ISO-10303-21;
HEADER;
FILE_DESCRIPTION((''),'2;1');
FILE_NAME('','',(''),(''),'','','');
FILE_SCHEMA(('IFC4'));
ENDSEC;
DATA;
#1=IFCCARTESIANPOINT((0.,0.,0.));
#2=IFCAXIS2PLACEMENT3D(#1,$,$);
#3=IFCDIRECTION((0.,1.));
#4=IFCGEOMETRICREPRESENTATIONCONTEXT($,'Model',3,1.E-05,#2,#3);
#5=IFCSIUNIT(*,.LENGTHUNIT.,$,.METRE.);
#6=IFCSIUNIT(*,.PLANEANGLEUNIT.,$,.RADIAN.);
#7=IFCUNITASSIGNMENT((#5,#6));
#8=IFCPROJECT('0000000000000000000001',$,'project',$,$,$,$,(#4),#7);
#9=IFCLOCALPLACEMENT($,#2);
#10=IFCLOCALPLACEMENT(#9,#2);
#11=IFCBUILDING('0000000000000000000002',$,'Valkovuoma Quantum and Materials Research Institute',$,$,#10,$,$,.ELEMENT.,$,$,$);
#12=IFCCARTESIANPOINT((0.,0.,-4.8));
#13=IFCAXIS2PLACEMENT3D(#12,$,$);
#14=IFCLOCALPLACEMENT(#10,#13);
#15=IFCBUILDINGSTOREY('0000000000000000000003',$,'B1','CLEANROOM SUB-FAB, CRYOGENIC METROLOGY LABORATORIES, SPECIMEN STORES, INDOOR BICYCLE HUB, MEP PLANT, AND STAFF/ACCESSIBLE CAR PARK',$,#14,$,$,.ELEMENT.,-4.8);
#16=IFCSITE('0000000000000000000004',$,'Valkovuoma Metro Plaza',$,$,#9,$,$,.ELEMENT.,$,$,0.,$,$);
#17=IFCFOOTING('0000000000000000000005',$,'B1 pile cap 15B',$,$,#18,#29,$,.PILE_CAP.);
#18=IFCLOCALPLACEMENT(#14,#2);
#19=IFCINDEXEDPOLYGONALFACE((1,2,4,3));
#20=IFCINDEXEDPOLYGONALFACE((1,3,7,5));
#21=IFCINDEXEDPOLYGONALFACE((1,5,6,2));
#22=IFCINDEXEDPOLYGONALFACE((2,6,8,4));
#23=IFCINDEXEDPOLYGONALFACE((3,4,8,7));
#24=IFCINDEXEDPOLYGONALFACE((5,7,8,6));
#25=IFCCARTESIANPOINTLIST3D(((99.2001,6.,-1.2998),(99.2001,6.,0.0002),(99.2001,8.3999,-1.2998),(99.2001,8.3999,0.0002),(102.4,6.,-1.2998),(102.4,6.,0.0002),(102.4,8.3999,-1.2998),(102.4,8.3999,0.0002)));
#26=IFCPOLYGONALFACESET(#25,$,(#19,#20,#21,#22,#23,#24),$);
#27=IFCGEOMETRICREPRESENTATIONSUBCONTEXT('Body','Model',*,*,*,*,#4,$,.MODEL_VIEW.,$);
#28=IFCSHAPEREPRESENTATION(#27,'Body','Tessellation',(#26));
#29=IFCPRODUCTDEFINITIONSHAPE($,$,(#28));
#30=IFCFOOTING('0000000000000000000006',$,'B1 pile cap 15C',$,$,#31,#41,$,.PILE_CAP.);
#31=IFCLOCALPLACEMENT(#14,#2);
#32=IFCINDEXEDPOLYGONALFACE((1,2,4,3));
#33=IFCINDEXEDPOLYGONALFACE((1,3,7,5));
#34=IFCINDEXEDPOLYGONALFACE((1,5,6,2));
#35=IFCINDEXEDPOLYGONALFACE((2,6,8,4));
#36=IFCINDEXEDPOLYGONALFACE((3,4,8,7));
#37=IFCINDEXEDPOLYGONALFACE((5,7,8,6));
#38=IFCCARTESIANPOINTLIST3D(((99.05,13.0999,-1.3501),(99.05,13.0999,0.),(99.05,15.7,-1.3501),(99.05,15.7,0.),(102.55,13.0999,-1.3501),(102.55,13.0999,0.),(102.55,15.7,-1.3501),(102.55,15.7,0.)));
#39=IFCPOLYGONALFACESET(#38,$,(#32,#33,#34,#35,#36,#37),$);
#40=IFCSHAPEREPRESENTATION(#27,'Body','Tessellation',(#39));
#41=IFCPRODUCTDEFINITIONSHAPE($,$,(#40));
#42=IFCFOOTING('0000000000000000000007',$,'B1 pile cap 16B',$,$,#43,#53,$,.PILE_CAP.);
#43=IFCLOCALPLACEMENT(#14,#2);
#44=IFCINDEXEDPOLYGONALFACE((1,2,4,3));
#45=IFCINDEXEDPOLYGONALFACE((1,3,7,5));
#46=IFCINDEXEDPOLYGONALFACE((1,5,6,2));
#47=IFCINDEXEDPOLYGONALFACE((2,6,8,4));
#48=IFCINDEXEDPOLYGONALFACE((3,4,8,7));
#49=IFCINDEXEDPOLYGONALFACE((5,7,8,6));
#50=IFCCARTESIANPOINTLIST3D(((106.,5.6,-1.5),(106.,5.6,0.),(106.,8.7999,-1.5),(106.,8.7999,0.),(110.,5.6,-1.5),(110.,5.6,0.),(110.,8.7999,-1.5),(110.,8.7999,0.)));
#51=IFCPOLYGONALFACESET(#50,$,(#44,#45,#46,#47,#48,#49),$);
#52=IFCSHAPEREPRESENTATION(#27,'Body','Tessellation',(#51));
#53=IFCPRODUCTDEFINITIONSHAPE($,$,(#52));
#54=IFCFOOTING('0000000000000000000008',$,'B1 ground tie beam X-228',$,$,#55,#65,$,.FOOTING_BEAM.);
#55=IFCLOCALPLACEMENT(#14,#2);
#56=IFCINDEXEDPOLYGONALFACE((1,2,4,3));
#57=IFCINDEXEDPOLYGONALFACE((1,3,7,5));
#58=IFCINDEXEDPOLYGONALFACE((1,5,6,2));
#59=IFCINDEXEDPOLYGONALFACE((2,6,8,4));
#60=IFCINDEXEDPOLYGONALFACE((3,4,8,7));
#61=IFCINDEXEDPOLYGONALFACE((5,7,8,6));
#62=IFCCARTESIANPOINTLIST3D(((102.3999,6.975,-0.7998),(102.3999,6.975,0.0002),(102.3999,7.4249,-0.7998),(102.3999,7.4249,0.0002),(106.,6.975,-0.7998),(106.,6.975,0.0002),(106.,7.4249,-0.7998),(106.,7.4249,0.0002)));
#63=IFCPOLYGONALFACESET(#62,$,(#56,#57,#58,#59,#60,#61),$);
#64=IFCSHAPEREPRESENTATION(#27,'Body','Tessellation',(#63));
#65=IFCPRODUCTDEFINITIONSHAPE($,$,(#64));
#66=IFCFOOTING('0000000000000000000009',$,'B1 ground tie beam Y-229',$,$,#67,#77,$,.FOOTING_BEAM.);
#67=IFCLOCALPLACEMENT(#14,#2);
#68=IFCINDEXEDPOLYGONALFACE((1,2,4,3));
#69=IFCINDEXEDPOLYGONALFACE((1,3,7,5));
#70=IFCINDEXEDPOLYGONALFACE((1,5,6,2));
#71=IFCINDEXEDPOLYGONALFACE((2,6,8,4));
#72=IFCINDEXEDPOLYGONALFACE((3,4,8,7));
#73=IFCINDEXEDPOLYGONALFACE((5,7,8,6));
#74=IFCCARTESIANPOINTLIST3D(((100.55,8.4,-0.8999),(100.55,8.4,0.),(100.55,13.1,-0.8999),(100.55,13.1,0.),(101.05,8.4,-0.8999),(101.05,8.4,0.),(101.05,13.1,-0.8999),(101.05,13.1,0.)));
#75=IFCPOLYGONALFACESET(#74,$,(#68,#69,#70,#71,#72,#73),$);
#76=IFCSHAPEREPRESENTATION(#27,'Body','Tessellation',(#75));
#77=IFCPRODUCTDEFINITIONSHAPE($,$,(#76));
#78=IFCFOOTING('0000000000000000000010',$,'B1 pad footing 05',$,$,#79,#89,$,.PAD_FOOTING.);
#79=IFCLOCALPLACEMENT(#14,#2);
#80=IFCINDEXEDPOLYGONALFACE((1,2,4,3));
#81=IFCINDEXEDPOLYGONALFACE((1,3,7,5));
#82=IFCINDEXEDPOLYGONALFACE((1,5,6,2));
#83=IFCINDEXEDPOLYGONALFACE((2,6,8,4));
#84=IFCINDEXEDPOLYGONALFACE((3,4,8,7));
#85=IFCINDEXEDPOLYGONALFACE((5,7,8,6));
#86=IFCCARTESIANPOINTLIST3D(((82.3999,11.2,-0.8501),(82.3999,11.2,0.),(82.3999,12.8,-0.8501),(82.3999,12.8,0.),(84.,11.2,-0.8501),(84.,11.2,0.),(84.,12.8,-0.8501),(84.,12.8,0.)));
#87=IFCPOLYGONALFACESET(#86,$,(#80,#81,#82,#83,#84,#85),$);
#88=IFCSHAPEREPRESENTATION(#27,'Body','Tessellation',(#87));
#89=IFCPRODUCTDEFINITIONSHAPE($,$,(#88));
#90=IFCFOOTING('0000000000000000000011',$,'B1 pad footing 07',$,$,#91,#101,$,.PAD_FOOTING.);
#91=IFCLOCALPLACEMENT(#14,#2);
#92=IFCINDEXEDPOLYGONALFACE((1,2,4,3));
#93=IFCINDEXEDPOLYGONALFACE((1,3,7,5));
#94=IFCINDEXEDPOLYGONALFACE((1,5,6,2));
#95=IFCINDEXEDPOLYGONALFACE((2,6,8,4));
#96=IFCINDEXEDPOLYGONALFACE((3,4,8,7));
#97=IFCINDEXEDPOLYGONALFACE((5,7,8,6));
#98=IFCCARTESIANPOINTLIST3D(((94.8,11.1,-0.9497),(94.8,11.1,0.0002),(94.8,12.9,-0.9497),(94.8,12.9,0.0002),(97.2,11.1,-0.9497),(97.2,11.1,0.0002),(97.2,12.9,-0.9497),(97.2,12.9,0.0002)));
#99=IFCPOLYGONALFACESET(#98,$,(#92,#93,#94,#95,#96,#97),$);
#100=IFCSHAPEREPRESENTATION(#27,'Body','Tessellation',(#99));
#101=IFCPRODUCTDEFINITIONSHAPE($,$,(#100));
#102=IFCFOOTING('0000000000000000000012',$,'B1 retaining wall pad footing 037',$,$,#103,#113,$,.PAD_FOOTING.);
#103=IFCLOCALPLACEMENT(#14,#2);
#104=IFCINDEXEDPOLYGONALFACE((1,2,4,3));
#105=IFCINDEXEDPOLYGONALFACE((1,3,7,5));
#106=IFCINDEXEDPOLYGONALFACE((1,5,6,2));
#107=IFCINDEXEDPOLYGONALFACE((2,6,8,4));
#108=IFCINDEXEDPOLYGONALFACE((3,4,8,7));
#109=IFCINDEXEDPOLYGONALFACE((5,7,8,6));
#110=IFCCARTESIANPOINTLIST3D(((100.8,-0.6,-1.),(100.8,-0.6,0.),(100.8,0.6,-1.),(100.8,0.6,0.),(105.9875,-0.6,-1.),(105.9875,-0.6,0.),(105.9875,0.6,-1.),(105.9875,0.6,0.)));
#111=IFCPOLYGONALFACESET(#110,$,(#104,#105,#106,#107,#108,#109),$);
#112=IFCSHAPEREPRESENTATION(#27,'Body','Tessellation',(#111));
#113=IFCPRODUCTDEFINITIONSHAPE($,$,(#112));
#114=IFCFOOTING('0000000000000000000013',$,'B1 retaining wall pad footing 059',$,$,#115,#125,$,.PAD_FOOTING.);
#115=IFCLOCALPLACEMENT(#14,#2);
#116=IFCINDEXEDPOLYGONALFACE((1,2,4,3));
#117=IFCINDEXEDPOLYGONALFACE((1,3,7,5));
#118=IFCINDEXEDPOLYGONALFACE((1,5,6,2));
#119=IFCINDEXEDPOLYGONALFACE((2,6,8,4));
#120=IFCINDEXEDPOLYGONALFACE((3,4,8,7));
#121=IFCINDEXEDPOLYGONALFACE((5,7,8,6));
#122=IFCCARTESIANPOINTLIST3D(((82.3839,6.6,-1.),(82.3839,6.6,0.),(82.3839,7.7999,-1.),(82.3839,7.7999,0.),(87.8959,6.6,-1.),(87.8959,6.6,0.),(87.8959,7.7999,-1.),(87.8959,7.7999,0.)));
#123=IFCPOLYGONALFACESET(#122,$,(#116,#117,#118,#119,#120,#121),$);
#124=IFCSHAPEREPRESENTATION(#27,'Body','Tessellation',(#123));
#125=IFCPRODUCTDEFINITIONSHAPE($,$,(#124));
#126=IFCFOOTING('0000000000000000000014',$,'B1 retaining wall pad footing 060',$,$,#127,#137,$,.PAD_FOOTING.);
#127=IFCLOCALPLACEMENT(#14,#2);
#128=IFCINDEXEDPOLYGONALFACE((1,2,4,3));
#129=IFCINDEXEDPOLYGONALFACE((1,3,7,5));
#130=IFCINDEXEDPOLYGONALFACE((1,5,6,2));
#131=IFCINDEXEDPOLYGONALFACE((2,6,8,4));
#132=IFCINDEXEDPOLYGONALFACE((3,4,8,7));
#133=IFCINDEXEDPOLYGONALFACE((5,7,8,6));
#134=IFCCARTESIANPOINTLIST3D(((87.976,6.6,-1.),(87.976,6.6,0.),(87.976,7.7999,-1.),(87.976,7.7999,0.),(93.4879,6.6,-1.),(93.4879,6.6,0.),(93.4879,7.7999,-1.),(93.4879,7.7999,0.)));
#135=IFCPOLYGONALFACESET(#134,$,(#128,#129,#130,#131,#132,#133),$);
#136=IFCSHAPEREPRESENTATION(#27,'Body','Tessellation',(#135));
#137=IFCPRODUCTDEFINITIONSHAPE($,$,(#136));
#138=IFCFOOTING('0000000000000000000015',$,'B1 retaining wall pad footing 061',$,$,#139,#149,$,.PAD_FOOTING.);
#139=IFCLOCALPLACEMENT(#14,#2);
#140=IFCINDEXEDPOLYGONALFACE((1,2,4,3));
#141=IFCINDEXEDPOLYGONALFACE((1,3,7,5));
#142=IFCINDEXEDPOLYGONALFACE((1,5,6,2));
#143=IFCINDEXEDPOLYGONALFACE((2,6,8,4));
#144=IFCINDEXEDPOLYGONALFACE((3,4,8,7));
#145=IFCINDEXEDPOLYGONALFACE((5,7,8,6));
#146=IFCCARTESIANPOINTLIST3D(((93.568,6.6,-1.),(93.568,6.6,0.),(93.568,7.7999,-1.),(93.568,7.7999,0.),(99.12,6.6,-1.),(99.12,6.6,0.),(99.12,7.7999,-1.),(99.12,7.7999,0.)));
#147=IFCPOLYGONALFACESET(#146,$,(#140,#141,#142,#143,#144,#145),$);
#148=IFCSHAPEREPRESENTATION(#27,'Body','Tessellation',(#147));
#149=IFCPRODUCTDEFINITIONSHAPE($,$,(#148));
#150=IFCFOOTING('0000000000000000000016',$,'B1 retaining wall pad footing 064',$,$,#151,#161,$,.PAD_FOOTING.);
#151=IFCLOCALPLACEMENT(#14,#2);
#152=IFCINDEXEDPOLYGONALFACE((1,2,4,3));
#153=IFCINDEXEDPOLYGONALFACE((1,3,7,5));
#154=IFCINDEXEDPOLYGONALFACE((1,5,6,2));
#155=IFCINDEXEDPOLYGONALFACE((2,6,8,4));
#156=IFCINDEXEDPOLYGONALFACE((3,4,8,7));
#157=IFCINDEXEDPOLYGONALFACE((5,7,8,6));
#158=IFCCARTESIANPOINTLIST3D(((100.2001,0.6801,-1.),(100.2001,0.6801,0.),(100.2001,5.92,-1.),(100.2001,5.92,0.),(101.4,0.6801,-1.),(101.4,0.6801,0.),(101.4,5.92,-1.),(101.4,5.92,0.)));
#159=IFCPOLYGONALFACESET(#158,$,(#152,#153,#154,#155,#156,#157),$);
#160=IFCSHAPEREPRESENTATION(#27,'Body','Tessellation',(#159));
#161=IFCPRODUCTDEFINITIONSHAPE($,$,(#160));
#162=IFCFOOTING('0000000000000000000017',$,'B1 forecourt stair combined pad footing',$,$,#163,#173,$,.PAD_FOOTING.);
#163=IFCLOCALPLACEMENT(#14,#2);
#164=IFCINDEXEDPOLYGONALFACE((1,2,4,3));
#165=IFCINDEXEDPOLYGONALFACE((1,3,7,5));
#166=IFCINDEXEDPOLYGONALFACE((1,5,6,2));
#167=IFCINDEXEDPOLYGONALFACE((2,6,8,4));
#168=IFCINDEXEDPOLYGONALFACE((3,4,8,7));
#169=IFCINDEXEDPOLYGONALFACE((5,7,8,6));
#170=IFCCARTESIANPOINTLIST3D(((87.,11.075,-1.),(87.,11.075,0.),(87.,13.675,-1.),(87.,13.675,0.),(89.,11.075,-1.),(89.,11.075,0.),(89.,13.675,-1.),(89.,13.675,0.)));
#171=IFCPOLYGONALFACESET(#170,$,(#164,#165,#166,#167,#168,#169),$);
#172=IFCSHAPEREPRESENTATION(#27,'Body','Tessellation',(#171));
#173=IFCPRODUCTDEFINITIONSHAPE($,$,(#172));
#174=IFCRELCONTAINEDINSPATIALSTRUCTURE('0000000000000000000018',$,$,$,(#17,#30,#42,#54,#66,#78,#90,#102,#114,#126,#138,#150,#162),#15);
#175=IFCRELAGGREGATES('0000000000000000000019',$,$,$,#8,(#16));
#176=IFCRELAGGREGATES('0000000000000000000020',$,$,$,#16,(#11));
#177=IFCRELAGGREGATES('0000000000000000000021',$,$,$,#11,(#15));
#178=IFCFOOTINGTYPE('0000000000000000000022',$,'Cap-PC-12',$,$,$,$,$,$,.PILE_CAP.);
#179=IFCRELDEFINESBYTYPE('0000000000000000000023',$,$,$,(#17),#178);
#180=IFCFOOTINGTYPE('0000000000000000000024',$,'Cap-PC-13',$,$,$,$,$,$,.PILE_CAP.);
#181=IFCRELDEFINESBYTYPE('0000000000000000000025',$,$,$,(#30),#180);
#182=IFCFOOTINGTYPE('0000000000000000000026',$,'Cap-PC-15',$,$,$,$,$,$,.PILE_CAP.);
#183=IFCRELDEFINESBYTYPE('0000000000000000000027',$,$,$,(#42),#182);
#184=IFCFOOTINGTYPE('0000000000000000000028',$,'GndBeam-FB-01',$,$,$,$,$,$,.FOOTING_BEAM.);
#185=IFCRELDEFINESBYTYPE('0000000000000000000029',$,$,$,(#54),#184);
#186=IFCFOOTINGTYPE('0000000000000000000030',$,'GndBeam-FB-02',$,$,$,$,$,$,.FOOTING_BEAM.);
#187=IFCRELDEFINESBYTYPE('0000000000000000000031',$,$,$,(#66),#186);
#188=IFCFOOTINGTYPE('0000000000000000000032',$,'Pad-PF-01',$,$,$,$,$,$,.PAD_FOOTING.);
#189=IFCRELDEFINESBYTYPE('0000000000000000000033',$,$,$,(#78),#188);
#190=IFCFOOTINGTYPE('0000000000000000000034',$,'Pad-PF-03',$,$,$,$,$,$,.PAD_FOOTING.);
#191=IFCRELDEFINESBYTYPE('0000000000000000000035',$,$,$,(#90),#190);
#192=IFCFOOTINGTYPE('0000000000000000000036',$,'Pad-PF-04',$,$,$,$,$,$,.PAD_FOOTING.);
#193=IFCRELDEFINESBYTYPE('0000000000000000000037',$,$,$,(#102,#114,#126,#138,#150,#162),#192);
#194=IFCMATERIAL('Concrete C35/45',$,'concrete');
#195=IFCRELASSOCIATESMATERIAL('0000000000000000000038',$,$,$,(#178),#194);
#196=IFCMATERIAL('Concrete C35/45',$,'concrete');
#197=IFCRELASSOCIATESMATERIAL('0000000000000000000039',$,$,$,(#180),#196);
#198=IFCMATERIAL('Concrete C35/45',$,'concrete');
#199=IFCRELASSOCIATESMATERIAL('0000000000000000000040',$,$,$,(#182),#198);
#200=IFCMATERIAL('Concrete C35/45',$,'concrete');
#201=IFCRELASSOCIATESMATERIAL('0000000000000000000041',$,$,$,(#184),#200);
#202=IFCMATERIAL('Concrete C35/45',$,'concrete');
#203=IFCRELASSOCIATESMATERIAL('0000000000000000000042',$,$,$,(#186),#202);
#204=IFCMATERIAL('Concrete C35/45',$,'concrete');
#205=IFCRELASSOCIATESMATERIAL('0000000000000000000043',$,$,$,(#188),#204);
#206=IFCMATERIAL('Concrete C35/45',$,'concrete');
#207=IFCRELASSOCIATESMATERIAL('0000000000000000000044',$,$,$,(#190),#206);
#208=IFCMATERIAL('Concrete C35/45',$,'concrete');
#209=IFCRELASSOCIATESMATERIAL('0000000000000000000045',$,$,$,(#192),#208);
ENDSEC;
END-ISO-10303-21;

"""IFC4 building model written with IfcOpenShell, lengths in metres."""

from ifc_helpers import new_model, si_unit, direction, frame, origin, origin_2d, place, context, subcontext, project, spatial, rectangle, extrude, material, type_object, element, save


model = new_model("IFC4")

# Units and contexts
model_context = context("Model", 3, precision=1e-05, world=origin(), true_north=direction((0.0, 1.0)))
body_context = subcontext(model_context, "Body", "Model", "MODEL_VIEW")
ifc_project = project(units=[si_unit("LENGTHUNIT", "METRE"), si_unit("PLANEANGLEUNIT", "RADIAN")], contexts=[model_context])

# Site, building, storey
site_placement = place(None, origin())
site = spatial("IfcSite", under=ifc_project, at=site_placement, Name="Valkovuoma Metro Plaza", CompositionType="ELEMENT", RefElevation=0.0)
building_placement = place(site_placement, origin())
building = spatial("IfcBuilding", under=site, at=building_placement, Name="Valkovuoma Quantum and Materials Research Institute", CompositionType="ELEMENT")
storey_placement = place(building_placement, frame((0.0, 0.0, -4.8)))
storey = spatial("IfcBuildingStorey", under=building, at=storey_placement, Name="B1", Description="CLEANROOM SUB-FAB, CRYOGENIC METROLOGY LABORATORIES, SPECIMEN STORES, INDOOR BICYCLE HUB, MEP PLANT, AND STAFF/ACCESSIBLE CAR PARK", CompositionType="ELEMENT", Elevation=-4.8)

# Footings
ifc_material_1 = material(Name="Concrete C35/45", Category="concrete")
footing_type_1 = type_object("IfcFootingType", Name="Cap-PC-12", PredefinedType="PILE_CAP", material=ifc_material_1)
footing_1_placement = place(storey_placement, frame((100.8, 7.2, -1.2998), z_axis=(0.0, 0.0, 1.0), x_axis=(1.0, 0.0, 0.0)))
element("IfcFooting", 1, at=footing_1_placement, inside=storey, type_object=footing_type_1, Name="B1 pile cap 15B", PredefinedType="PILE_CAP", context=body_context, shape_type="SweptSolid", body=[
    extrude(rectangle(XDim=3.2, YDim=2.3999, at=origin_2d()), origin(), (0.0, 0.0, 1.0), 1.3),
])
ifc_material_2 = material(Name="Concrete C35/45", Category="concrete")
footing_type_2 = type_object("IfcFootingType", Name="Cap-PC-13", PredefinedType="PILE_CAP", material=ifc_material_2)
footing_2_placement = place(storey_placement, frame((100.8, 14.3999, -1.3501), z_axis=(0.0, 0.0, 1.0), x_axis=(1.0, 0.0, 0.0)))
element("IfcFooting", 2, at=footing_2_placement, inside=storey, type_object=footing_type_2, Name="B1 pile cap 15C", PredefinedType="PILE_CAP", context=body_context, shape_type="SweptSolid", body=[
    extrude(rectangle(XDim=3.5, YDim=2.6001, at=origin_2d()), origin(), (0.0, 0.0, 1.0), 1.3501),
])
ifc_material_3 = material(Name="Concrete C35/45", Category="concrete")
footing_type_3 = type_object("IfcFootingType", Name="Cap-PC-15", PredefinedType="PILE_CAP", material=ifc_material_3)
footing_3_placement = place(storey_placement, frame((108.0, 7.2, -1.5), z_axis=(0.0, 0.0, 1.0), x_axis=(1.0, 0.0, 0.0)))
element("IfcFooting", 3, at=footing_3_placement, inside=storey, type_object=footing_type_3, Name="B1 pile cap 16B", PredefinedType="PILE_CAP", context=body_context, shape_type="SweptSolid", body=[
    extrude(rectangle(XDim=4.0, YDim=3.2, at=origin_2d()), origin(), (0.0, 0.0, 1.0), 1.5),
])
ifc_material_4 = material(Name="Concrete C35/45", Category="concrete")
footing_type_4 = type_object("IfcFootingType", Name="GndBeam-FB-01", PredefinedType="FOOTING_BEAM", material=ifc_material_4)
footing_4_placement = place(storey_placement, frame((104.2, 7.2, -0.7998), z_axis=(0.0, 0.0, 1.0), x_axis=(1.0, 0.0, 0.0)))
element("IfcFooting", 4, at=footing_4_placement, inside=storey, type_object=footing_type_4, Name="B1 ground tie beam X-228", PredefinedType="FOOTING_BEAM", context=body_context, shape_type="SweptSolid", body=[
    extrude(rectangle(XDim=3.6001, YDim=0.45, at=origin_2d()), origin(), (0.0, 0.0, 1.0), 0.8),
])
ifc_material_5 = material(Name="Concrete C35/45", Category="concrete")
footing_type_5 = type_object("IfcFootingType", Name="GndBeam-FB-02", PredefinedType="FOOTING_BEAM", material=ifc_material_5)
footing_5_placement = place(storey_placement, frame((100.8, 10.75, -0.8999), z_axis=(0.0, 0.0, 1.0), x_axis=(0.0, 1.0, 0.0)))
element("IfcFooting", 5, at=footing_5_placement, inside=storey, type_object=footing_type_5, Name="B1 ground tie beam Y-229", PredefinedType="FOOTING_BEAM", context=body_context, shape_type="SweptSolid", body=[
    extrude(rectangle(XDim=4.7, YDim=0.5, at=origin_2d()), origin(), (0.0, 0.0, 1.0), 0.8999),
])
ifc_material_6 = material(Name="Concrete C35/45", Category="concrete")
footing_type_6 = type_object("IfcFootingType", Name="Pad-PF-01", PredefinedType="PAD_FOOTING", material=ifc_material_6)
footing_6_placement = place(storey_placement, frame((83.2, 12.0, -0.8501), z_axis=(0.0, 0.0, 1.0), x_axis=(1.0, 0.0, 0.0)))
element("IfcFooting", 6, at=footing_6_placement, inside=storey, type_object=footing_type_6, Name="B1 pad footing 05", PredefinedType="PAD_FOOTING", context=body_context, shape_type="SweptSolid", body=[
    extrude(rectangle(XDim=1.6001, YDim=1.6001, at=origin_2d()), origin(), (0.0, 0.0, 1.0), 0.8501),
])
ifc_material_7 = material(Name="Concrete C35/45", Category="concrete")
footing_type_7 = type_object("IfcFootingType", Name="Pad-PF-03", PredefinedType="PAD_FOOTING", material=ifc_material_7)
footing_7_placement = place(storey_placement, frame((96.0, 12.0, -0.9497), z_axis=(0.0, 0.0, 1.0), x_axis=(1.0, 0.0, 0.0)))
element("IfcFooting", 7, at=footing_7_placement, inside=storey, type_object=footing_type_7, Name="B1 pad footing 07", PredefinedType="PAD_FOOTING", context=body_context, shape_type="SweptSolid", body=[
    extrude(rectangle(XDim=2.3999, YDim=1.8, at=origin_2d()), origin(), (0.0, 0.0, 1.0), 0.95),
])
ifc_material_8 = material(Name="Concrete C35/45", Category="concrete")
footing_type_8 = type_object("IfcFootingType", Name="Pad-PF-04", PredefinedType="PAD_FOOTING", material=ifc_material_8)
footing_8_placement = place(storey_placement, frame((103.3938, 0.0, -1.0), z_axis=(0.0, 0.0, 1.0), x_axis=(1.0, 0.0, 0.0)))
element("IfcFooting", 8, at=footing_8_placement, inside=storey, type_object=footing_type_8, Name="B1 retaining wall pad footing 037", PredefinedType="PAD_FOOTING", context=body_context, shape_type="SweptSolid", body=[
    extrude(rectangle(XDim=5.1875, YDim=1.2, at=origin_2d()), origin(), (0.0, 0.0, 1.0), 1.0),
])
for number, where, z_axis, x_axis, name in (
    (9, (85.1399, 7.2, -1.0), (0.0, 0.0, 1.0), (1.0, 0.0, 0.0), "B1 retaining wall pad footing 059"),
    (10, (90.7319, 7.2, -1.0), (0.0, 0.0, 1.0), (1.0, 0.0, 0.0), "B1 retaining wall pad footing 060"),
):
    element("IfcFooting", number, at=place(storey_placement, frame(where, z_axis=z_axis, x_axis=x_axis)), inside=storey, type_object=footing_type_8, Name=name, PredefinedType="PAD_FOOTING", context=body_context, shape_type="SweptSolid", body=[
        extrude(rectangle(XDim=5.512, YDim=1.2, at=origin_2d()), origin(), (0.0, 0.0, 1.0), 1.0),
    ])
footing_9_placement = place(storey_placement, frame((96.344, 7.2, -1.0), z_axis=(0.0, 0.0, 1.0), x_axis=(1.0, 0.0, 0.0)))
element("IfcFooting", 11, at=footing_9_placement, inside=storey, type_object=footing_type_8, Name="B1 retaining wall pad footing 061", PredefinedType="PAD_FOOTING", context=body_context, shape_type="SweptSolid", body=[
    extrude(rectangle(XDim=5.552, YDim=1.2, at=origin_2d()), origin(), (0.0, 0.0, 1.0), 1.0),
])
footing_10_placement = place(storey_placement, frame((100.8, 3.3, -1.0), z_axis=(0.0, 0.0, 1.0), x_axis=(0.0, 1.0, 0.0)))
element("IfcFooting", 12, at=footing_10_placement, inside=storey, type_object=footing_type_8, Name="B1 retaining wall pad footing 064", PredefinedType="PAD_FOOTING", context=body_context, shape_type="SweptSolid", body=[
    extrude(rectangle(XDim=5.24, YDim=1.2, at=origin_2d()), origin(), (0.0, 0.0, 1.0), 1.0),
])
footing_11_placement = place(storey_placement, frame((88.0, 12.375, -1.0), z_axis=(0.0, 0.0, 1.0), x_axis=(0.0, 1.0, 0.0)))
element("IfcFooting", 13, at=footing_11_placement, inside=storey, type_object=footing_type_8, Name="B1 forecourt stair combined pad footing", PredefinedType="PAD_FOOTING", context=body_context, shape_type="SweptSolid", body=[
    extrude(rectangle(XDim=2.6001, YDim=2.0, at=origin_2d()), origin(), (0.0, 0.0, 1.0), 1.0),
])

save(model, "model.ifc")
